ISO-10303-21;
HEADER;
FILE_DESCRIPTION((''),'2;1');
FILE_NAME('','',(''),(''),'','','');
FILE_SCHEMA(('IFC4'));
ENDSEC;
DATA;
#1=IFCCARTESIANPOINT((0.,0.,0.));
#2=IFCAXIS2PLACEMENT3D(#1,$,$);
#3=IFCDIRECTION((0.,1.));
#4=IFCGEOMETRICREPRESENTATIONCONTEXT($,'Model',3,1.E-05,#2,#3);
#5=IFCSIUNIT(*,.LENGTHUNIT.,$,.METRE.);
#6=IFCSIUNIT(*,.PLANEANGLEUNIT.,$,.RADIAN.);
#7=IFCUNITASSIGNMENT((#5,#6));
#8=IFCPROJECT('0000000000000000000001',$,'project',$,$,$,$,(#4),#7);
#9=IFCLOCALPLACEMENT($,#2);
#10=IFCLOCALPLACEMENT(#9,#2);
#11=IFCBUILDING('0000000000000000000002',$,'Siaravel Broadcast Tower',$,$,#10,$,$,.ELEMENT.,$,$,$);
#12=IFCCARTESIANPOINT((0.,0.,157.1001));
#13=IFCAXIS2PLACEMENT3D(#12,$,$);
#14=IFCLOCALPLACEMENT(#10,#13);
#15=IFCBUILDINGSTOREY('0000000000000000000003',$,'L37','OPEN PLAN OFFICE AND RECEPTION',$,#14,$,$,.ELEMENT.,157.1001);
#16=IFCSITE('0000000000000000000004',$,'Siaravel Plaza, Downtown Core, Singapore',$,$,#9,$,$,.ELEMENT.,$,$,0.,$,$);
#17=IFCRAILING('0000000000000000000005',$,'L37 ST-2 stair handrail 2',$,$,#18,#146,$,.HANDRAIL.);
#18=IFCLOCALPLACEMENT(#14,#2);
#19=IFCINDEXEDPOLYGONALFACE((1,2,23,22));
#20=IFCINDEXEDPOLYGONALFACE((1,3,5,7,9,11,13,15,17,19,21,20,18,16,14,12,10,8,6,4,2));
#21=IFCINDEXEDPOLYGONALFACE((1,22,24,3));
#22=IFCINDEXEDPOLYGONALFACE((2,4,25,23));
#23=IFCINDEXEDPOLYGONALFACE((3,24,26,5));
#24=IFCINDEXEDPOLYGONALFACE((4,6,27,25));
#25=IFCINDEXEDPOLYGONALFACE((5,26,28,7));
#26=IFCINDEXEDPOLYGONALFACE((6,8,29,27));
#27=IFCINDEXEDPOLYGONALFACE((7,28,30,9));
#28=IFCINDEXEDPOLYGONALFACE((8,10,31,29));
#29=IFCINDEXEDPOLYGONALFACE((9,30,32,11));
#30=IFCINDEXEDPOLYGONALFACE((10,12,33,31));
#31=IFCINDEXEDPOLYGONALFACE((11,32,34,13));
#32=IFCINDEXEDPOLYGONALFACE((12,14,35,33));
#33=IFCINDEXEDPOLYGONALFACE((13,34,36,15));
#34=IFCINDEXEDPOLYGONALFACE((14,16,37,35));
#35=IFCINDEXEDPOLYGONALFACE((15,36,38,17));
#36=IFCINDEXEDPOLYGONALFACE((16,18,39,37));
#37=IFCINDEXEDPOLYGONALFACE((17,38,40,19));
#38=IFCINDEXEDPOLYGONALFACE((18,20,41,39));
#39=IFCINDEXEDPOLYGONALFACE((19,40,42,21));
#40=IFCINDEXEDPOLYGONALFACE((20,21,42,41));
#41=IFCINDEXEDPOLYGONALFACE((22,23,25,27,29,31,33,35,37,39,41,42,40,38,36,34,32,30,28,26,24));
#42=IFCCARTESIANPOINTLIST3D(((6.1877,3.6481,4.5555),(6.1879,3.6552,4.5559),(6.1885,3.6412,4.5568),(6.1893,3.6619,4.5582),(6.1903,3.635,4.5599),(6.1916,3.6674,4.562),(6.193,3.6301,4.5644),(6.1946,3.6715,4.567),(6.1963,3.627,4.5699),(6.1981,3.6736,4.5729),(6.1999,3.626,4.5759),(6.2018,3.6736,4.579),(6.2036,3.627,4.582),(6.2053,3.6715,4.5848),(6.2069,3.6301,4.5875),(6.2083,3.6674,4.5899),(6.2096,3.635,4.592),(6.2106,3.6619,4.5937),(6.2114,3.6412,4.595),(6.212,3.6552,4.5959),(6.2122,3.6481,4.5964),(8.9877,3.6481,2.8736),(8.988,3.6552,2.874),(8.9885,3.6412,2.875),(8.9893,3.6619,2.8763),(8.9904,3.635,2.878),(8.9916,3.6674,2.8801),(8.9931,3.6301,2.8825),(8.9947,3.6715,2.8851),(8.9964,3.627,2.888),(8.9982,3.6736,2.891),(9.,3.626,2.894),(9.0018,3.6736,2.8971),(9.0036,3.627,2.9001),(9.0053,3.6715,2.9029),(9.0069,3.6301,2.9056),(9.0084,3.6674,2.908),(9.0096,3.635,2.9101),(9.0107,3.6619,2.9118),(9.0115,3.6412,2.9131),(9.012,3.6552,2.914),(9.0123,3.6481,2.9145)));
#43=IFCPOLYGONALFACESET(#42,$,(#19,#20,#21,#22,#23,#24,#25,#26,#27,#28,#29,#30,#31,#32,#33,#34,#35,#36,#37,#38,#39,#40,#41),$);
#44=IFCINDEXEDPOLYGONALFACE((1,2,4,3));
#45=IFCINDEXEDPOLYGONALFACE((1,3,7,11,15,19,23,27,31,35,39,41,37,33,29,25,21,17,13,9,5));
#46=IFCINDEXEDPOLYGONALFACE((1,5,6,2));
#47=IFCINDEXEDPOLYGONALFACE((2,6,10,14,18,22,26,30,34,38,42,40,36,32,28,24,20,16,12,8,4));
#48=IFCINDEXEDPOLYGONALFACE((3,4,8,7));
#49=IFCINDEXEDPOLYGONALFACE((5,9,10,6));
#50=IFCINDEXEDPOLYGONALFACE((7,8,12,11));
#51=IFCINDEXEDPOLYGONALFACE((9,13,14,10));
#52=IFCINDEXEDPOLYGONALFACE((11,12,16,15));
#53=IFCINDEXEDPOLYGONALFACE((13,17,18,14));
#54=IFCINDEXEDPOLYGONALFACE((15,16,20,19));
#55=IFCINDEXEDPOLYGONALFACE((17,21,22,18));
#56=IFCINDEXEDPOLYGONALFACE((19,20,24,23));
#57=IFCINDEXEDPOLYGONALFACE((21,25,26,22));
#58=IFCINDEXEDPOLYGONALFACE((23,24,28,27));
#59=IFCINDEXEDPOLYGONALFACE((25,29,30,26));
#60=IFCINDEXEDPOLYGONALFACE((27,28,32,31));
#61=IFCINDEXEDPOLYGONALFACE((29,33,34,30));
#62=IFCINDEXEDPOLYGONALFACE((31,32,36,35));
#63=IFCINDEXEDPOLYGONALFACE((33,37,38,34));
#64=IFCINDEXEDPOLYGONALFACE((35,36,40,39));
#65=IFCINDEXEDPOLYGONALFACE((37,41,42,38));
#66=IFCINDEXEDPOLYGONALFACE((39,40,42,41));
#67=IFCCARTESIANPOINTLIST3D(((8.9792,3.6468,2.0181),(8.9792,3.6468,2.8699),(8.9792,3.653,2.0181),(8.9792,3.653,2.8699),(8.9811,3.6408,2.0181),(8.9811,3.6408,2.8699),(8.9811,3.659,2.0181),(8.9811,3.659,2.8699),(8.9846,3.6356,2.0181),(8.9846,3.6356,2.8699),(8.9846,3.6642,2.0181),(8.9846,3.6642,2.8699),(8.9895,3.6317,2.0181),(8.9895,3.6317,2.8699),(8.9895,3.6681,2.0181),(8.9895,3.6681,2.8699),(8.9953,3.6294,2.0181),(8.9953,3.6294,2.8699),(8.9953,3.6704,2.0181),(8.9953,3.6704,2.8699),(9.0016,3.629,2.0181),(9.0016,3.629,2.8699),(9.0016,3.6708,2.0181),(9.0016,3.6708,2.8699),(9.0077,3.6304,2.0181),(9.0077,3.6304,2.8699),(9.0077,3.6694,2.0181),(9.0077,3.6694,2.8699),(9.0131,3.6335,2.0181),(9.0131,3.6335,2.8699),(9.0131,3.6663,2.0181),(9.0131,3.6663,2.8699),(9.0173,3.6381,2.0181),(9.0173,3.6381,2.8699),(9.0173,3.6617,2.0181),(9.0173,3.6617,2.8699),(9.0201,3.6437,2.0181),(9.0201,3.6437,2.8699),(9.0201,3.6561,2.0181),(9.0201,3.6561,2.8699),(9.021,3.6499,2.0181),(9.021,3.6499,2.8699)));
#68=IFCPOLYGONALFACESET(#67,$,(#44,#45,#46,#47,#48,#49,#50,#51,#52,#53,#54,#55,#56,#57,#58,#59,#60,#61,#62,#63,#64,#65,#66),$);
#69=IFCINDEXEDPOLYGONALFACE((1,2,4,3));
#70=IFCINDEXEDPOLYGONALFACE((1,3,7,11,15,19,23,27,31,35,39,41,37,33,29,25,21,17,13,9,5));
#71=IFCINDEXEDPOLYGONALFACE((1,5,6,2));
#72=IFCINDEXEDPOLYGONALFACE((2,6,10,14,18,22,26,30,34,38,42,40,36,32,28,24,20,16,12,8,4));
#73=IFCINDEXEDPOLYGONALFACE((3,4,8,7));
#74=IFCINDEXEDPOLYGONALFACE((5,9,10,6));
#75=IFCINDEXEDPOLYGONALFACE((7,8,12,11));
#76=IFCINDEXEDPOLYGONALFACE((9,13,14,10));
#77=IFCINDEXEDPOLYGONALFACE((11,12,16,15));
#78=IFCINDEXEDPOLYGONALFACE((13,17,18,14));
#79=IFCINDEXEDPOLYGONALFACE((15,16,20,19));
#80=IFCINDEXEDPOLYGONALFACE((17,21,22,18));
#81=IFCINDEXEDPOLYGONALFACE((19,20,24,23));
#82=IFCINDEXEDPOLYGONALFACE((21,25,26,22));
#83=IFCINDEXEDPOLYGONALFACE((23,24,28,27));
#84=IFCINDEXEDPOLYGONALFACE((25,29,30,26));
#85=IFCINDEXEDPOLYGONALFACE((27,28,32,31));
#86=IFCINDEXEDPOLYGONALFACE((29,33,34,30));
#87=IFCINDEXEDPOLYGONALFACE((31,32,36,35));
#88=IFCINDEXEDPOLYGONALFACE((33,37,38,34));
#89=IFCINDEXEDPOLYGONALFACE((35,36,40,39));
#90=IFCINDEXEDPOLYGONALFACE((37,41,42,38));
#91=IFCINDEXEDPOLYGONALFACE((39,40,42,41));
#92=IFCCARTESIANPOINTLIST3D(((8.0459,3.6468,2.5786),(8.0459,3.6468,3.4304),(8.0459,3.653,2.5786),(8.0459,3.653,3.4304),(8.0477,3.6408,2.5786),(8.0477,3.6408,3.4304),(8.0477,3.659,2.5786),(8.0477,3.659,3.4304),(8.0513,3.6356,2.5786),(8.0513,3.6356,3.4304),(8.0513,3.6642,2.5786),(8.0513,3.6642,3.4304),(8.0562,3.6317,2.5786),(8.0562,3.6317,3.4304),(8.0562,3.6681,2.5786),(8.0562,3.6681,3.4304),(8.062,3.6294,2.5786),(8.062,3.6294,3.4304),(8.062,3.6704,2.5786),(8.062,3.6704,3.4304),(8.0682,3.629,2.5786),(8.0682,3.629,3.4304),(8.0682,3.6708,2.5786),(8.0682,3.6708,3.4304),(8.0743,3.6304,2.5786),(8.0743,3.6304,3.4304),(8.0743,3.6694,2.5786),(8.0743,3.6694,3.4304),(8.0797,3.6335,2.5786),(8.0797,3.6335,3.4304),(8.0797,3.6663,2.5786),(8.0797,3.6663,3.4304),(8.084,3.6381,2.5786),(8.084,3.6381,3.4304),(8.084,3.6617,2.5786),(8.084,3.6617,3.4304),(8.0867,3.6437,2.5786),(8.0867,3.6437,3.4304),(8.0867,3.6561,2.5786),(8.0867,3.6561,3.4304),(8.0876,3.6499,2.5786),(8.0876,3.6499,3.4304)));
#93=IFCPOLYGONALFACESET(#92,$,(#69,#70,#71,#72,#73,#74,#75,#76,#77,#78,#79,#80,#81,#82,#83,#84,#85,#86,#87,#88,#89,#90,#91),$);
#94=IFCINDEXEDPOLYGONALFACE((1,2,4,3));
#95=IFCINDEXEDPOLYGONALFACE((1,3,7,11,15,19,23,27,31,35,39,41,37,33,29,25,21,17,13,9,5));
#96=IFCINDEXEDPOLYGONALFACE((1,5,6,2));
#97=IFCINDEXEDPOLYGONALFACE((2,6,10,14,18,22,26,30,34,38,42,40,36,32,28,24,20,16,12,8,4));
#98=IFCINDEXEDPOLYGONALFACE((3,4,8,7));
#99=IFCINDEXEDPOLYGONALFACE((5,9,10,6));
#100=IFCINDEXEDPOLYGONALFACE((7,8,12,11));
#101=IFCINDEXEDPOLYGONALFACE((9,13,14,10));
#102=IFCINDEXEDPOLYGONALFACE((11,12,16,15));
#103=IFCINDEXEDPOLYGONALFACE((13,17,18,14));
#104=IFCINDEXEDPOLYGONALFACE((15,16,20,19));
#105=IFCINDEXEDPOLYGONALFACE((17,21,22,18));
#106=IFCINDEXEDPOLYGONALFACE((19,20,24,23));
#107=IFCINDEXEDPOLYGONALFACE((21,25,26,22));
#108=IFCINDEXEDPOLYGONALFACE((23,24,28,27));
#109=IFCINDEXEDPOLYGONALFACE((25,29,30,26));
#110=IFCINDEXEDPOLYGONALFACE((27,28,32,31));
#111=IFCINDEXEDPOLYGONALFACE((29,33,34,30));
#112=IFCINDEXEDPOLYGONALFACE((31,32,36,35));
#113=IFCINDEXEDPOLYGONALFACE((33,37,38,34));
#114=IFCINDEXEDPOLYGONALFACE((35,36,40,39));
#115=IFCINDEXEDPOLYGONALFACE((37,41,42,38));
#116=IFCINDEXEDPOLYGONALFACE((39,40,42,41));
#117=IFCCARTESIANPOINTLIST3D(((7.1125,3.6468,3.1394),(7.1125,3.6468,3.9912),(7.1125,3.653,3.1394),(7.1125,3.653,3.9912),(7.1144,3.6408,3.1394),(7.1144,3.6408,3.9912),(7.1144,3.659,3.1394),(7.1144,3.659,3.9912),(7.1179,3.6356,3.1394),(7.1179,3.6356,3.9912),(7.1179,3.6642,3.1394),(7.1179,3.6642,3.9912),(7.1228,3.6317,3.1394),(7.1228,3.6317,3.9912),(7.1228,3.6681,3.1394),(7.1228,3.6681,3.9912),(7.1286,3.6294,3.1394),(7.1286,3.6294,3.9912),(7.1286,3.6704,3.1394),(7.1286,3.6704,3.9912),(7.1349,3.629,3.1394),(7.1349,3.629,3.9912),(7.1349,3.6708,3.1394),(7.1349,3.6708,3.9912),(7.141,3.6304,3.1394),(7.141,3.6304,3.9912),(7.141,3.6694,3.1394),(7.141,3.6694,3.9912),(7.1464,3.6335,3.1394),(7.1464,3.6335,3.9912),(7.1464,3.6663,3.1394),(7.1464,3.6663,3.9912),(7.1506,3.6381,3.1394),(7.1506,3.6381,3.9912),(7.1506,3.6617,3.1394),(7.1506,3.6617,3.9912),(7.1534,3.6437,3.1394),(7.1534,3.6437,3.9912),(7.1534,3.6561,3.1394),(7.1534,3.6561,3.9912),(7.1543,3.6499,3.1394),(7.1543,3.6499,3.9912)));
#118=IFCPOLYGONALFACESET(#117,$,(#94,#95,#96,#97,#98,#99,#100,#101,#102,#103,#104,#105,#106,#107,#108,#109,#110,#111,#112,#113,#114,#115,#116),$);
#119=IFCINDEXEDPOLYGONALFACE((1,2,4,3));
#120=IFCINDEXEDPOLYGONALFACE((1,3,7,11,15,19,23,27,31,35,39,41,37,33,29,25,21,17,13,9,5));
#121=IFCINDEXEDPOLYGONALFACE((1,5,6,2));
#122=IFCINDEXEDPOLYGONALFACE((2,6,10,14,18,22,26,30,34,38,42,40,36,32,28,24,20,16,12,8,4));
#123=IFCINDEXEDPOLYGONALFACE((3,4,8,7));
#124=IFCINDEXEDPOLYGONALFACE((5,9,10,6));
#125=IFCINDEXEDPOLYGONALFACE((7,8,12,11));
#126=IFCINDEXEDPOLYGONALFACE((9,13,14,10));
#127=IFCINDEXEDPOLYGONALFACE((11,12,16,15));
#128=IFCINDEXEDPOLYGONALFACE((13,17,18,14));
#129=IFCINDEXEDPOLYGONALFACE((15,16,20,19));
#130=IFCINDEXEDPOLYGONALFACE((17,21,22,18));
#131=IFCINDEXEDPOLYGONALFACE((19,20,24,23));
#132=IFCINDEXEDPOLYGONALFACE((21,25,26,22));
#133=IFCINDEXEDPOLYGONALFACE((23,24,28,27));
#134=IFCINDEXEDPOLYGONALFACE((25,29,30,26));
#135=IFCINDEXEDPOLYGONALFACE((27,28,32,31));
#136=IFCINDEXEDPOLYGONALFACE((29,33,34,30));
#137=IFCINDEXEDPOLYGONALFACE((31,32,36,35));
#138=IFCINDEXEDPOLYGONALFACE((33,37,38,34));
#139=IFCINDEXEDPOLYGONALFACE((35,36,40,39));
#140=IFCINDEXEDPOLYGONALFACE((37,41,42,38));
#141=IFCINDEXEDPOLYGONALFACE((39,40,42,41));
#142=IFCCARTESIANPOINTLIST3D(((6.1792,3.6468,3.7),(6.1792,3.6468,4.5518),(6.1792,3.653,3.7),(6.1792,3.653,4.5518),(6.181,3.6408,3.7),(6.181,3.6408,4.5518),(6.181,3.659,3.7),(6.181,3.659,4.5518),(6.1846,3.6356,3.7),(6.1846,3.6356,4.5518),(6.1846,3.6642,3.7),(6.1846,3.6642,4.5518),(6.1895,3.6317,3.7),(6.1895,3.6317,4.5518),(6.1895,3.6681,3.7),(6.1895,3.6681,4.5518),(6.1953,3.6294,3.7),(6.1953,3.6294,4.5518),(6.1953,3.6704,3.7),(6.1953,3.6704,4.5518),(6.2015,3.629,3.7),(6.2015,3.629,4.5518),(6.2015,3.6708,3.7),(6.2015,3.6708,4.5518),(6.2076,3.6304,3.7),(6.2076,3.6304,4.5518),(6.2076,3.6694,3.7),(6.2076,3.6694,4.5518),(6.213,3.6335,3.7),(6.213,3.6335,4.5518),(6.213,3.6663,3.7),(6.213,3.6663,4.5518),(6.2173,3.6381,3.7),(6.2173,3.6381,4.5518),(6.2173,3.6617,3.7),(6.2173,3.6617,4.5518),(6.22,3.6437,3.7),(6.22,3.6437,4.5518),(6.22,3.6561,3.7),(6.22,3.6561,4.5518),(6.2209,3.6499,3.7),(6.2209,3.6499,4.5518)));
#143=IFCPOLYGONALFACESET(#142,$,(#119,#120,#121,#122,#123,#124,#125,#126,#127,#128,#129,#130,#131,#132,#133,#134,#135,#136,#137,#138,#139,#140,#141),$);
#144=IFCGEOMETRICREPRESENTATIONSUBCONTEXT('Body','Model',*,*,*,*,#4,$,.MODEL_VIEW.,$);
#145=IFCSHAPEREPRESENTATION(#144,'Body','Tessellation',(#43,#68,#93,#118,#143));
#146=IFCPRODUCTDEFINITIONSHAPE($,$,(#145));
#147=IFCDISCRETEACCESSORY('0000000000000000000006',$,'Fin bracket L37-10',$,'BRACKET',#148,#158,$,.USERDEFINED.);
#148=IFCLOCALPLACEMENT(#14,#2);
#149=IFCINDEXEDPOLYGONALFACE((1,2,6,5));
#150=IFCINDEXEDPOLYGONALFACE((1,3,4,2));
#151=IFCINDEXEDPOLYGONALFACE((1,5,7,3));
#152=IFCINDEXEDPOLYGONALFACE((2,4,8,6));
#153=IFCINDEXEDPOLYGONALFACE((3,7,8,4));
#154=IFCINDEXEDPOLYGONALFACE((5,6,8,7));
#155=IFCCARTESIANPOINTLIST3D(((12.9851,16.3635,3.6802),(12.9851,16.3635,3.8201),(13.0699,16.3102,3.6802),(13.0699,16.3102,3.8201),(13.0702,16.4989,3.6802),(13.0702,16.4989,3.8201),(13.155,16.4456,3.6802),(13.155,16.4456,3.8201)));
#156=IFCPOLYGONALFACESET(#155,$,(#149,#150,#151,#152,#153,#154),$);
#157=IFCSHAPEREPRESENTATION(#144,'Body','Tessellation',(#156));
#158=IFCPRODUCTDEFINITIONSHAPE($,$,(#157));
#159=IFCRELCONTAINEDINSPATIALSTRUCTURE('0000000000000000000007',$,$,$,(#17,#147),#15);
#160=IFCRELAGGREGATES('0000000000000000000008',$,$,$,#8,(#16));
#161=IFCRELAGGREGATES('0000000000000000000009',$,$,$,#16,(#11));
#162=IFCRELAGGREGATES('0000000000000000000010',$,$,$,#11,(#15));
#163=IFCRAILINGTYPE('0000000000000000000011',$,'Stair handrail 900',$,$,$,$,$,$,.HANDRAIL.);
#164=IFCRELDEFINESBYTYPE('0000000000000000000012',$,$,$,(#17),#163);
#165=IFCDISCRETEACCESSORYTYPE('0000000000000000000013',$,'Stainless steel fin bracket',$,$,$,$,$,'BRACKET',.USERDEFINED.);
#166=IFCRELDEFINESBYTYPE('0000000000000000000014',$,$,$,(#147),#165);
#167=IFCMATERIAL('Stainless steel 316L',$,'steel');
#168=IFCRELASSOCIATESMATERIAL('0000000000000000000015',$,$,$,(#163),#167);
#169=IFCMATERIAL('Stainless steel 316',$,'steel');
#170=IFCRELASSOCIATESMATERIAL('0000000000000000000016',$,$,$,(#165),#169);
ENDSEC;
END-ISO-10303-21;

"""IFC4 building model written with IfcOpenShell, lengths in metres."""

from ifc_helpers import new_model, si_unit, direction, frame, origin, origin_2d, place, context, subcontext, project, spatial, rectangle, circle, extrude, material, type_object, element, save


model = new_model("IFC4")

# Units and contexts
model_context = context("Model", 3, precision=1e-05, world=origin(), true_north=direction((0.0, 1.0)))
body_context = subcontext(model_context, "Body", "Model", "MODEL_VIEW")
ifc_project = project(units=[si_unit("LENGTHUNIT", "METRE"), si_unit("PLANEANGLEUNIT", "RADIAN")], contexts=[model_context])

# Site, building, storey
site_placement = place(None, origin())
site = spatial("IfcSite", under=ifc_project, at=site_placement, Name="Siaravel Plaza, Downtown Core, Singapore", CompositionType="ELEMENT", RefElevation=0.0)
building_placement = place(site_placement, origin())
building = spatial("IfcBuilding", under=site, at=building_placement, Name="Siaravel Broadcast Tower", CompositionType="ELEMENT")
storey_placement = place(building_placement, frame((0.0, 0.0, 157.1001)))
storey = spatial("IfcBuildingStorey", under=building, at=storey_placement, Name="L37", Description="OPEN PLAN OFFICE AND RECEPTION", CompositionType="ELEMENT", Elevation=157.1001)

# Railing
ifc_material_1 = material(Name="Stainless steel 316L", Category="steel")
railing_type_1 = type_object("IfcRailingType", Name="Stair handrail 900", PredefinedType="HANDRAIL", material=ifc_material_1)
railing_1_placement = place(storey_placement, frame((9.0, 3.6499, 2.0181)))
element("IfcRailing", 1, at=railing_1_placement, inside=storey, type_object=railing_type_1, Name="L37 ST-2 stair handrail 2", PredefinedType="HANDRAIL", context=body_context, shape_type="SweptSolid", body=[
    extrude(circle(Radius=0.0239, at=origin_2d()), frame((0.0, 0.0, 0.876), z_axis=(-0.857242, 0.0, 0.514913), x_axis=(0.0, -1.0, 0.0)), (0.0, 0.0, 1.0), 3.2664),
    extrude(circle(Radius=0.021, at=origin_2d()), origin(), (0.0, 0.0, 1.0), 0.8518),
    extrude(circle(Radius=0.021, at=origin_2d()), frame((-0.9333, 0.0, 0.5605)), (0.0, 0.0, 1.0), 0.8518),
    extrude(circle(Radius=0.021, at=origin_2d()), frame((-1.8667, 0.0, 1.1213)), (0.0, 0.0, 1.0), 0.8518),
    extrude(circle(Radius=0.021, at=origin_2d()), frame((-2.8, 0.0, 1.6819)), (0.0, 0.0, 1.0), 0.8518),
])

# Discrete accessory
ifc_material_2 = material(Name="Stainless steel 316", Category="steel")
discrete_accessory_type = type_object("IfcDiscreteAccessoryType", Name="Stainless steel fin bracket", ElementType="BRACKET", PredefinedType="USERDEFINED", material=ifc_material_2)
discrete_accessory_placement = place(storey_placement, frame((13.0701, 16.4045, 3.6802), z_axis=(0.0, 0.0, 1.0), x_axis=(0.532151, 0.84665, 0.0)))
element("IfcDiscreteAccessory", 2, at=discrete_accessory_placement, inside=storey, type_object=discrete_accessory_type, Name="Fin bracket L37-10", ObjectType="BRACKET", PredefinedType="USERDEFINED", context=body_context, shape_type="SweptSolid", body=[
    extrude(rectangle(XDim=0.1599, YDim=0.1001, at=origin_2d()), origin(), (0.0, 0.0, 1.0), 0.1399),
])

save(model, "model.ifc")
